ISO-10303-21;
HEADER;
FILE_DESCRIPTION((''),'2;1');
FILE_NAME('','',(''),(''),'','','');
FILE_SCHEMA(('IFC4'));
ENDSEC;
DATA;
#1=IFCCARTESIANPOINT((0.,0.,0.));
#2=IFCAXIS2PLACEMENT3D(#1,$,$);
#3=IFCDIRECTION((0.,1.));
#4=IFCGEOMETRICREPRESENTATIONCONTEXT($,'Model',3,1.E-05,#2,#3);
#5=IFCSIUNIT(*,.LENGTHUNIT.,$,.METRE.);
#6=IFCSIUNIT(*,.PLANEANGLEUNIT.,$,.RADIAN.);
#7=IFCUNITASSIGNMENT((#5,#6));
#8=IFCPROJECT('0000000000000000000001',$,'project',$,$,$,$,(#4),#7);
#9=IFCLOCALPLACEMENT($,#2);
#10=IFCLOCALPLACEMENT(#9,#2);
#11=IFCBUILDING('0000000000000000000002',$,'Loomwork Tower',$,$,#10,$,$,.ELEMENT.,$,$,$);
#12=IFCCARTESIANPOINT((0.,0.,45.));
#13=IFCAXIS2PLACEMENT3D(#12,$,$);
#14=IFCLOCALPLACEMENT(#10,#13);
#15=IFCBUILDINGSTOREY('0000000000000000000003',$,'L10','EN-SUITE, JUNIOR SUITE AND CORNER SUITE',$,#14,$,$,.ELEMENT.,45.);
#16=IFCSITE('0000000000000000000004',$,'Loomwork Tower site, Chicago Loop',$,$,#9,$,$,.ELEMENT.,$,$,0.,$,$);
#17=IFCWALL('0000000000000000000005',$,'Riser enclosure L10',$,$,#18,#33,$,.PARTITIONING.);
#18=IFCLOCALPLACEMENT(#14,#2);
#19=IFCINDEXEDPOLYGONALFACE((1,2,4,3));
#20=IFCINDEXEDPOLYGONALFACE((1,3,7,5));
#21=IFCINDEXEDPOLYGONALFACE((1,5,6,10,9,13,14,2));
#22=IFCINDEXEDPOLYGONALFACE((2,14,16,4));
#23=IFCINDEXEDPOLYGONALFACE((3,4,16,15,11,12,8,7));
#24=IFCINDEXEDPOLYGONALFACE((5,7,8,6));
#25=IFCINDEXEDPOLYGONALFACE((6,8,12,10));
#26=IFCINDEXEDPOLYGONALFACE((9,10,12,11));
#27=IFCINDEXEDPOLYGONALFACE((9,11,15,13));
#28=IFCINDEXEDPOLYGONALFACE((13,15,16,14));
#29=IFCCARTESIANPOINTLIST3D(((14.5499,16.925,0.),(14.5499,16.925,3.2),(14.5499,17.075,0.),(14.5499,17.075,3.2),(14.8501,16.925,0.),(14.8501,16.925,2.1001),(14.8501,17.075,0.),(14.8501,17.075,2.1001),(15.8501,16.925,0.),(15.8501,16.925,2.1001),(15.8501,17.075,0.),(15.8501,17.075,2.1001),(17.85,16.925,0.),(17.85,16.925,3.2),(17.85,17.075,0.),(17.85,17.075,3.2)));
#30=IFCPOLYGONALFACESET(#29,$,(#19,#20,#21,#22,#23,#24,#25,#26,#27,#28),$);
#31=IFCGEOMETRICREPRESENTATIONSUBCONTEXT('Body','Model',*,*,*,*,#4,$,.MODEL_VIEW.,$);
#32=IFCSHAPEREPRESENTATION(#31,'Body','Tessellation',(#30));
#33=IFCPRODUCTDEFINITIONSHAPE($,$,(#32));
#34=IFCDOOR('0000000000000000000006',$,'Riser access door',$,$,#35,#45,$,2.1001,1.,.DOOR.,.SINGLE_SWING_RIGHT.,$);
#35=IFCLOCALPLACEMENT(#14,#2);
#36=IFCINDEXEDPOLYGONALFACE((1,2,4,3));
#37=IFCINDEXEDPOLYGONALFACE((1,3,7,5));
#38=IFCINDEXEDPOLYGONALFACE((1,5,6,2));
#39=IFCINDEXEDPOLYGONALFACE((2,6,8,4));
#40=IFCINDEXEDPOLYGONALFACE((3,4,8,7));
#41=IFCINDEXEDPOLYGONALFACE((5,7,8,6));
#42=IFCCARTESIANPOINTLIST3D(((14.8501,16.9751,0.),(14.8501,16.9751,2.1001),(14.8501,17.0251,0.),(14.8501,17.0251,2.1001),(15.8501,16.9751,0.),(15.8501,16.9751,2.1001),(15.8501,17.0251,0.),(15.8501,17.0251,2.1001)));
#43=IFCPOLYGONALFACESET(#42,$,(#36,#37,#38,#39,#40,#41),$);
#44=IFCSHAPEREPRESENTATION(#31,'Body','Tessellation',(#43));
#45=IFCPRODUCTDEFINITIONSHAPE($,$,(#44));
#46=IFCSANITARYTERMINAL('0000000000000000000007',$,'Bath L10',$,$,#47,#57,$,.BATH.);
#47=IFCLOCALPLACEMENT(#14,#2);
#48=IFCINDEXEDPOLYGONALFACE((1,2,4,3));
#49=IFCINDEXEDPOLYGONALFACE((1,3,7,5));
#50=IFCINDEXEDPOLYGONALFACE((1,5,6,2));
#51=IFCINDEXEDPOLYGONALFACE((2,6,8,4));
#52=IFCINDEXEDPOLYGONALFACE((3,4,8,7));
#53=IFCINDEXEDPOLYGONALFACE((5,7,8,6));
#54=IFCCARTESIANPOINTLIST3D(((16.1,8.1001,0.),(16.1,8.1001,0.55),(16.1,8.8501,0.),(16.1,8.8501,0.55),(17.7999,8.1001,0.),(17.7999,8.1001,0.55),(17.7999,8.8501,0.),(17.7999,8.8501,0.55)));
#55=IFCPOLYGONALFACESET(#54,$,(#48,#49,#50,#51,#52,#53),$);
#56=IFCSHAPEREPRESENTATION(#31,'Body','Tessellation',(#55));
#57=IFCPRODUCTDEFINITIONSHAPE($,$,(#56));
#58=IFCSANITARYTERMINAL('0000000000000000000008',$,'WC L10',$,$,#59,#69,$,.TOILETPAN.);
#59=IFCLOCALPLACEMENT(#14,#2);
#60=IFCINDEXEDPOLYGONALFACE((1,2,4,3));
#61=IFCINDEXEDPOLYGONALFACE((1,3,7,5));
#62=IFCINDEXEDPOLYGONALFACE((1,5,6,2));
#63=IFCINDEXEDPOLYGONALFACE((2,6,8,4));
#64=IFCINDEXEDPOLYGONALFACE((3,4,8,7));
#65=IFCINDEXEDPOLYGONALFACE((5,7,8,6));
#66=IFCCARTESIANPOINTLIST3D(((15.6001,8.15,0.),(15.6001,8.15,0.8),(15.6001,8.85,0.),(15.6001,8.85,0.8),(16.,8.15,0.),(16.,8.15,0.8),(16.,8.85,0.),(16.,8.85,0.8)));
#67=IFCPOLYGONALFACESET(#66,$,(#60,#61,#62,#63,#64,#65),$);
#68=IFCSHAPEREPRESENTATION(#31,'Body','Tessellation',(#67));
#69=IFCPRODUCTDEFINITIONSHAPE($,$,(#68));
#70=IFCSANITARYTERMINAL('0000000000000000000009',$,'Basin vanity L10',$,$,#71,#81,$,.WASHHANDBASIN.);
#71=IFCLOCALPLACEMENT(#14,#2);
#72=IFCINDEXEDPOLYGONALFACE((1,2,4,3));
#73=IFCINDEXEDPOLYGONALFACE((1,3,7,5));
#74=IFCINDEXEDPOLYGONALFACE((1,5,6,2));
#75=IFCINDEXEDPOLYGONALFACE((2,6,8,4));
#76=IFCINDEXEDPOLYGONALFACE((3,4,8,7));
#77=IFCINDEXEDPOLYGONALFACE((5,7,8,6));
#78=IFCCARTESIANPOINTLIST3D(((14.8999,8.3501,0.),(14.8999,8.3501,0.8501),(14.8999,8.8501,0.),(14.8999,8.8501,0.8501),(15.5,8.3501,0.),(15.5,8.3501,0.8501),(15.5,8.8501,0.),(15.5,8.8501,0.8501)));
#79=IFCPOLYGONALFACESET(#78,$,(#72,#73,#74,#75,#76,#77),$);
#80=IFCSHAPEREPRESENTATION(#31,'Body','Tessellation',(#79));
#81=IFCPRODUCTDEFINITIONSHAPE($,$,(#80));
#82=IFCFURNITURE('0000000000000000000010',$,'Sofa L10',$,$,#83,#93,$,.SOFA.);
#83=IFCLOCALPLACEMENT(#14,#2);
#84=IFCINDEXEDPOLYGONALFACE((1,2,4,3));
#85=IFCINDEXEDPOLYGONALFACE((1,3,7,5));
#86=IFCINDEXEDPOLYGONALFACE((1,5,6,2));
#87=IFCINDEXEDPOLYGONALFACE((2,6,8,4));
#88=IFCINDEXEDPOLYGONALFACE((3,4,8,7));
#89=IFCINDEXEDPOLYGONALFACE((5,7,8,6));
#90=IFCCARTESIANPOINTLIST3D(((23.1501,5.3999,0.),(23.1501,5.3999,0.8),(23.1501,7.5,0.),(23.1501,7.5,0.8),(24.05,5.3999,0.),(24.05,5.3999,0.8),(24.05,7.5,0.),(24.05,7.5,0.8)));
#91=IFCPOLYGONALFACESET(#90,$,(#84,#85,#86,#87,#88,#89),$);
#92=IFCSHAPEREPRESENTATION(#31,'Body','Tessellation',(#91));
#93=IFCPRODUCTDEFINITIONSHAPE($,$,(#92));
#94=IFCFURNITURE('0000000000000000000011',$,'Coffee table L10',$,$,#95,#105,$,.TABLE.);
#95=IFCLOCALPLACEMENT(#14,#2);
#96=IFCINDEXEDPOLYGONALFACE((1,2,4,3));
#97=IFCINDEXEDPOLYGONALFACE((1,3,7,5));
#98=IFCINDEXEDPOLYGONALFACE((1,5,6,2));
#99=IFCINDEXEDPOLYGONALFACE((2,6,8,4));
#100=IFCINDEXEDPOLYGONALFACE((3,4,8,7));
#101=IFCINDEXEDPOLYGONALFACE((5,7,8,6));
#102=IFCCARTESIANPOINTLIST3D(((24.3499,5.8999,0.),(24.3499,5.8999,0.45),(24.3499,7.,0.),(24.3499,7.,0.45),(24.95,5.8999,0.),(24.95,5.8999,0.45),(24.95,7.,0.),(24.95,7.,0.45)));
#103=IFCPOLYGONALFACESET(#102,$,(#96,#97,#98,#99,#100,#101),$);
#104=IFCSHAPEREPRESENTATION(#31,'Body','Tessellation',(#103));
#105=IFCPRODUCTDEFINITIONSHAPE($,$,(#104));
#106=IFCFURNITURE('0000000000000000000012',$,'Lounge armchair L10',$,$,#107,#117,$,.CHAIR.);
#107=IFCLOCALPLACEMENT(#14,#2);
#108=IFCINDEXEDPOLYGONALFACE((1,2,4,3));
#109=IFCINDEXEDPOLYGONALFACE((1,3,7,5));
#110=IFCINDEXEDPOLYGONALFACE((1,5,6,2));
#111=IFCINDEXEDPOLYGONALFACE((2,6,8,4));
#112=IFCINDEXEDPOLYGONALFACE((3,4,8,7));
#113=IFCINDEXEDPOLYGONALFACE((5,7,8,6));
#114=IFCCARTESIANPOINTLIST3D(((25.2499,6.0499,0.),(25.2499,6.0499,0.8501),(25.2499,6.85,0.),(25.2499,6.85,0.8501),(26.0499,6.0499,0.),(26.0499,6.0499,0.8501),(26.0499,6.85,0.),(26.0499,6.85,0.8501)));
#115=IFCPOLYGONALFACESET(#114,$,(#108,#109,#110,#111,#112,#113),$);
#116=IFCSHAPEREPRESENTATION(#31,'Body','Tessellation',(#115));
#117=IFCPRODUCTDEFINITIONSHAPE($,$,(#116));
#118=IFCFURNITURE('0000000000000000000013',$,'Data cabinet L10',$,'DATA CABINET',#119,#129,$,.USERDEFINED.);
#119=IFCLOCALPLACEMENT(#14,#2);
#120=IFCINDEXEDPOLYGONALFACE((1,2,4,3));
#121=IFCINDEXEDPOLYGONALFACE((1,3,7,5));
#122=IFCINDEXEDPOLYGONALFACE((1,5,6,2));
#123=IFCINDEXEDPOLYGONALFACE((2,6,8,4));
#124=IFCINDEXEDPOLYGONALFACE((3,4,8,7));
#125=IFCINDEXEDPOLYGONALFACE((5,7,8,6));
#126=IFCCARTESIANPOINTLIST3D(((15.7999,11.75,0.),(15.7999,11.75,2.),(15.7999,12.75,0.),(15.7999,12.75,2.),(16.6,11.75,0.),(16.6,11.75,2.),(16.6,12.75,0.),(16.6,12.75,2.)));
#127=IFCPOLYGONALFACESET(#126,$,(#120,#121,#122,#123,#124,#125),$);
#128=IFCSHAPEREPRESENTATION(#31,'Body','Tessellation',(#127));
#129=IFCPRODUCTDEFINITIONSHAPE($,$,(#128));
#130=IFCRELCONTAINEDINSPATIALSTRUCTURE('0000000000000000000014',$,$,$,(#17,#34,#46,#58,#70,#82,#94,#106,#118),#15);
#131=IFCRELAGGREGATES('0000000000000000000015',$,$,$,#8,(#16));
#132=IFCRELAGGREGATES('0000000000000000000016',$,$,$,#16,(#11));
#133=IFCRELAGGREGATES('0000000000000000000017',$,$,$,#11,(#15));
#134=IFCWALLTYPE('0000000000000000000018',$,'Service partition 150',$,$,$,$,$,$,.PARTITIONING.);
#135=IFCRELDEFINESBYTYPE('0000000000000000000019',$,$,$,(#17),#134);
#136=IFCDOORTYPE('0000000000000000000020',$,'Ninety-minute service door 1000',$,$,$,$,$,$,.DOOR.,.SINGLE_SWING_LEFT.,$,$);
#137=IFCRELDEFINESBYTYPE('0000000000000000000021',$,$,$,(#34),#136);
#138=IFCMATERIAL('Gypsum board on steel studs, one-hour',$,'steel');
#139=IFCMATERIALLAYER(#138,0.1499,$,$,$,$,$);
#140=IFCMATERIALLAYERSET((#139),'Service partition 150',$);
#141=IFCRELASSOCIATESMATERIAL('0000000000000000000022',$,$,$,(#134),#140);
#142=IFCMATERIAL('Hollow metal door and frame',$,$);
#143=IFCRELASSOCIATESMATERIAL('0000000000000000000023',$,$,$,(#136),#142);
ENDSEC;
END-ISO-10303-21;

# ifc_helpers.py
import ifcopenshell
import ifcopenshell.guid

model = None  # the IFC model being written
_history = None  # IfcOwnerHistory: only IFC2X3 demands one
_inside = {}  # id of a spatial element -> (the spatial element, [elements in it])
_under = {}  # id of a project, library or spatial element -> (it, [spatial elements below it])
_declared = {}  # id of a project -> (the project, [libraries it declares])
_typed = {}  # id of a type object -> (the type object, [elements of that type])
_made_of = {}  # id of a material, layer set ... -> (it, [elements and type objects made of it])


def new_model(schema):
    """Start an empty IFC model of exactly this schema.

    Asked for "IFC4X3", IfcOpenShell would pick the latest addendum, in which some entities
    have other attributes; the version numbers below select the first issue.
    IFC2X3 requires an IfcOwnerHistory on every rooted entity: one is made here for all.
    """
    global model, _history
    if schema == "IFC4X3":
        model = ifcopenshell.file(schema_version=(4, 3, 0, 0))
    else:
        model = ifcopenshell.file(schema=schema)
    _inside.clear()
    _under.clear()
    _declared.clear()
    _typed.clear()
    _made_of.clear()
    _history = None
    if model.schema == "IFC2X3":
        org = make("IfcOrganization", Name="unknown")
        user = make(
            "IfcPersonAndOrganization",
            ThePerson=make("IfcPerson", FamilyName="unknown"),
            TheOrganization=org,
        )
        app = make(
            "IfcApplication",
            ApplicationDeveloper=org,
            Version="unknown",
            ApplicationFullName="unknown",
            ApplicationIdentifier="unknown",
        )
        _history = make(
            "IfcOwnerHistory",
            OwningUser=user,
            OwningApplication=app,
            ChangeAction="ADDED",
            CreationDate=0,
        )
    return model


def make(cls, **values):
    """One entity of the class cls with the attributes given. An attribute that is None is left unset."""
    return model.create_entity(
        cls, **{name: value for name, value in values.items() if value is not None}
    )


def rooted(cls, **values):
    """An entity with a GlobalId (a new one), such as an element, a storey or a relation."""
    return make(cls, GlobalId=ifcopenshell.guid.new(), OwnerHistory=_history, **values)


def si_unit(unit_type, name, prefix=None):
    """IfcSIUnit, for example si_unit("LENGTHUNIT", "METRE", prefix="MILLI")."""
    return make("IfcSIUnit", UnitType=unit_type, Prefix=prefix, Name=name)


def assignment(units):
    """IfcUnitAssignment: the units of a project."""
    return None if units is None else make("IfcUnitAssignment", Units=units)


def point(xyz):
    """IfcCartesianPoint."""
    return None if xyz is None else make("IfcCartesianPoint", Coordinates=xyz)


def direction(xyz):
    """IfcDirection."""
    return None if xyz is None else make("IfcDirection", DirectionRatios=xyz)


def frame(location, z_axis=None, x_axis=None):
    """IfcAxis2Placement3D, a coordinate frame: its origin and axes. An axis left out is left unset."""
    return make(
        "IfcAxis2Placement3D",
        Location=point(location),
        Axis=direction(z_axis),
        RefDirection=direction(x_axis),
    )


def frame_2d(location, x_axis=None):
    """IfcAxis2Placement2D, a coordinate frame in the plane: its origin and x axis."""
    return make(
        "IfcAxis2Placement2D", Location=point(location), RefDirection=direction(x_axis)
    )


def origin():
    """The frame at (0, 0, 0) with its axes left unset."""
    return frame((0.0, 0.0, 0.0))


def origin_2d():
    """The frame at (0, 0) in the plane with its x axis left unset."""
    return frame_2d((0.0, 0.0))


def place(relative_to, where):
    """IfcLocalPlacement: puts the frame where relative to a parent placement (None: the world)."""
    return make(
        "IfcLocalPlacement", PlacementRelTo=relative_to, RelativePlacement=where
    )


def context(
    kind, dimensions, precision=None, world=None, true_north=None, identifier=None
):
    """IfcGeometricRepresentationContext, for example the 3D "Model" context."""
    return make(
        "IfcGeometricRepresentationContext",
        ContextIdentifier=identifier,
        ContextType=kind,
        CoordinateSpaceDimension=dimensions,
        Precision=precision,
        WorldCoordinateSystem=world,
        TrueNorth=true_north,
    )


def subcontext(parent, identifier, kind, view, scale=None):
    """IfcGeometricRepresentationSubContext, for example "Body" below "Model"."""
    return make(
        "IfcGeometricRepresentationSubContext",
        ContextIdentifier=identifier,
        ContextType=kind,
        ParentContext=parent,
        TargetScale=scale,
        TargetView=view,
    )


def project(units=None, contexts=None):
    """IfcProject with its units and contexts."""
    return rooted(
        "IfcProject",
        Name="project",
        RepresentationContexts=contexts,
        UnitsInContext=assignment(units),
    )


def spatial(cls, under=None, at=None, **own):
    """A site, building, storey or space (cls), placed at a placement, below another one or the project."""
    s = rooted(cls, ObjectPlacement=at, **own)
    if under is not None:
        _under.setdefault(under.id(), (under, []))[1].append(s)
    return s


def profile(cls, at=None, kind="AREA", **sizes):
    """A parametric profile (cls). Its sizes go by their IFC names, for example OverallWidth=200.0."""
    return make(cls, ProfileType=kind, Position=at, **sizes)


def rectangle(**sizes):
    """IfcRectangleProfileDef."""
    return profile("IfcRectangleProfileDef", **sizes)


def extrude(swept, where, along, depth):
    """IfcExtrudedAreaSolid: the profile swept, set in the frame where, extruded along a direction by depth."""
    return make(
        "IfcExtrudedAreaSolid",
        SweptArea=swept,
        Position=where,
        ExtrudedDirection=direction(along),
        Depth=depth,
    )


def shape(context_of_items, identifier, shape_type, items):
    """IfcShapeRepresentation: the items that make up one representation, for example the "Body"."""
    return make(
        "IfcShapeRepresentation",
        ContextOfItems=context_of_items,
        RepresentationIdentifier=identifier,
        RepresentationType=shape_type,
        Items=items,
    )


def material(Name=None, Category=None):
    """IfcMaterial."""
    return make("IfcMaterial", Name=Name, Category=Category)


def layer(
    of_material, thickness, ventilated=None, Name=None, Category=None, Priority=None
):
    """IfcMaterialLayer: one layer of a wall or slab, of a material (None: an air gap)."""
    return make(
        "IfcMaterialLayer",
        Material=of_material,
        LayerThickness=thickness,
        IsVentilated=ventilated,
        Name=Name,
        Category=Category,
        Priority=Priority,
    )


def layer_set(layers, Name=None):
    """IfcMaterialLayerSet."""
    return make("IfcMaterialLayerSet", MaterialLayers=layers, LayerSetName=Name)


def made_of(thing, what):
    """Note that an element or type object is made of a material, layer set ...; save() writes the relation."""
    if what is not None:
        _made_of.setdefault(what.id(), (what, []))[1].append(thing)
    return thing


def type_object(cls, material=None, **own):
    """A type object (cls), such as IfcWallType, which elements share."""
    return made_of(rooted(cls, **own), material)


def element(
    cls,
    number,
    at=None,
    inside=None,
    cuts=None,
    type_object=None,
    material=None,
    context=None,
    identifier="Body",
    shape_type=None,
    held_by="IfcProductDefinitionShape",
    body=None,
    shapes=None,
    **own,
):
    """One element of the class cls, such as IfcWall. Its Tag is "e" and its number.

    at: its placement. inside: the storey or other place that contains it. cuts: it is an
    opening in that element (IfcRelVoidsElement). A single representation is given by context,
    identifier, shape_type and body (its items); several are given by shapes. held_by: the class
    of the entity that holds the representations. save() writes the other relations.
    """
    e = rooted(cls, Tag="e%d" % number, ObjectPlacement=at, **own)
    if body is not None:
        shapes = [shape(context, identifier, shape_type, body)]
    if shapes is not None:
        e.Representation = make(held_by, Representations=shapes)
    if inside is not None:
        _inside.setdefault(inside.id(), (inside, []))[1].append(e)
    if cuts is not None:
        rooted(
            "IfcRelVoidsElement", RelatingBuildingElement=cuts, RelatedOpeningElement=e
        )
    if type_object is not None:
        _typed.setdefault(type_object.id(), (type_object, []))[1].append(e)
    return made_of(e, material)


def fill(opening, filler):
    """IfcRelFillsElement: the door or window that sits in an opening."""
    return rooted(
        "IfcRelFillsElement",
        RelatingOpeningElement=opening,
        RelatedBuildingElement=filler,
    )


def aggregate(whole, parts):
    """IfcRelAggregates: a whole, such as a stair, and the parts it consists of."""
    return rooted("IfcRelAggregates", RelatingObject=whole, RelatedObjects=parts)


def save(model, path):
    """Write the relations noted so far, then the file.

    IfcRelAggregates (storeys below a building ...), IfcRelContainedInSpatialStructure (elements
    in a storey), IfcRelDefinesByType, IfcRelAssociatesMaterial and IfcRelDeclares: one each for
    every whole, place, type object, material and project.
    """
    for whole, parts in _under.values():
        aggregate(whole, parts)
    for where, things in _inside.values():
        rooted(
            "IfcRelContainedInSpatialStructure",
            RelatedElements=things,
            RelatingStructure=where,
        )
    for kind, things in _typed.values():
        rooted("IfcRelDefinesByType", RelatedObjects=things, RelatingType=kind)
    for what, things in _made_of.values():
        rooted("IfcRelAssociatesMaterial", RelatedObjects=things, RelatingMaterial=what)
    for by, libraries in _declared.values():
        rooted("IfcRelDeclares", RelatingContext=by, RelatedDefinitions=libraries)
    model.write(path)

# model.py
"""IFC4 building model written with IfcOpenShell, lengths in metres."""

from ifc_helpers import new_model, si_unit, direction, frame, frame_2d, origin, origin_2d, place, context, subcontext, project, spatial, rectangle, extrude, material, layer, layer_set, type_object, element, fill, save


model = new_model("IFC4")

# Units and contexts
model_context = context("Model", 3, precision=1e-05, world=origin(), true_north=direction((0.0, 1.0)))
body_context = subcontext(model_context, "Body", "Model", "MODEL_VIEW")
ifc_project = project(units=[si_unit("LENGTHUNIT", "METRE"), si_unit("PLANEANGLEUNIT", "RADIAN")], contexts=[model_context])

# Site, building, storey
site_placement = place(None, origin())
site = spatial("IfcSite", under=ifc_project, at=site_placement, Name="Loomwork Tower site, Chicago Loop", CompositionType="ELEMENT", RefElevation=0.0)
building_placement = place(site_placement, origin())
building = spatial("IfcBuilding", under=site, at=building_placement, Name="Loomwork Tower", CompositionType="ELEMENT")
storey_placement = place(building_placement, frame((0.0, 0.0, 45.0)))
storey = spatial("IfcBuildingStorey", under=building, at=storey_placement, Name="L10", Description="EN-SUITE, JUNIOR SUITE AND CORNER SUITE", CompositionType="ELEMENT", Elevation=45.0)

# Wall, opening, door
ifc_material_1 = material(Name="Gypsum board on steel studs, one-hour", Category="steel")
ifc_layer_1 = layer(ifc_material_1, 0.1499)
ifc_layer_set_1 = layer_set([ifc_layer_1], Name="Service partition 150")
wall_type_1 = type_object("IfcWallType", Name="Service partition 150", PredefinedType="PARTITIONING", material=ifc_layer_set_1)
wall_1_placement = place(storey_placement, frame((14.55, 17.0, 0.0), z_axis=(0.0, 0.0, 1.0), x_axis=(1.0, 0.0, 0.0)))
wall_1 = element("IfcWall", 1, at=wall_1_placement, inside=storey, type_object=wall_type_1, Name="Riser enclosure L10", PredefinedType="PARTITIONING", context=body_context, shape_type="SweptSolid", body=[
    extrude(rectangle(XDim=3.3, YDim=0.1499, at=frame_2d((1.6499, 0.0))), origin(), (0.0, 0.0, 1.0), 3.2),
])
opening_1_placement = place(wall_1_placement, frame((0.3, 0.0, 0.0)))
opening_1 = element("IfcOpeningElement", 2, at=opening_1_placement, cuts=wall_1, PredefinedType="OPENING", context=body_context, shape_type="SweptSolid", body=[
    extrude(rectangle(XDim=1.0, YDim=2.1001, at=frame_2d((0.5, 1.05))), frame((0.0, 0.085, 0.0), z_axis=(0.0, -1.0, 0.0), x_axis=(1.0, 0.0, 0.0)), (0.0, 0.0, 1.0), 0.1699),
])
ifc_material_2 = material(Name="Hollow metal door and frame")
door_type_1 = type_object("IfcDoorType", Name="Ninety-minute service door 1000", OperationType="SINGLE_SWING_LEFT", PredefinedType="DOOR", material=ifc_material_2)
door_1_placement = place(opening_1_placement, frame((1.0, 0.0, 0.0), z_axis=(0.0, 0.0, 1.0), x_axis=(-1.0, 0.0, 0.0)))
door_1 = element("IfcDoor", 3, at=door_1_placement, inside=storey, type_object=door_type_1, Name="Riser access door", OperationType="SINGLE_SWING_RIGHT", OverallHeight=2.1001, OverallWidth=1.0, PredefinedType="DOOR", context=body_context, shape_type="SweptSolid", body=[
    extrude(rectangle(XDim=1.0, YDim=2.1001, at=frame_2d((0.5, 1.05))), frame((0.0, 0.0249, 0.0), z_axis=(0.0, -1.0, 0.0), x_axis=(1.0, 0.0, 0.0)), (0.0, 0.0, 1.0), 0.05),
])
fill(opening_1, door_1)

# Sanitary terminals
sanitary_terminal_1_placement = place(storey_placement, frame((16.95, 8.4751, 0.0), z_axis=(0.0, 0.0, 1.0), x_axis=(1.0, 0.0, 0.0)))
element("IfcSanitaryTerminal", 4, at=sanitary_terminal_1_placement, inside=storey, Name="Bath L10", PredefinedType="BATH", context=body_context, shape_type="SweptSolid", body=[
    extrude(rectangle(XDim=1.7, YDim=0.75, at=origin_2d()), origin(), (0.0, 0.0, 1.0), 0.55),
])
sanitary_terminal_2_placement = place(storey_placement, frame((15.8, 8.5, 0.0), z_axis=(0.0, 0.0, 1.0), x_axis=(1.0, 0.0, 0.0)))
element("IfcSanitaryTerminal", 5, at=sanitary_terminal_2_placement, inside=storey, Name="WC L10", PredefinedType="TOILETPAN", context=body_context, shape_type="SweptSolid", body=[
    extrude(rectangle(XDim=0.3999, YDim=0.7, at=origin_2d()), origin(), (0.0, 0.0, 1.0), 0.8),
])
sanitary_terminal_3_placement = place(storey_placement, frame((15.2, 8.6001, 0.0), z_axis=(0.0, 0.0, 1.0), x_axis=(1.0, 0.0, 0.0)))
element("IfcSanitaryTerminal", 6, at=sanitary_terminal_3_placement, inside=storey, Name="Basin vanity L10", PredefinedType="WASHHANDBASIN", context=body_context, shape_type="SweptSolid", body=[
    extrude(rectangle(XDim=0.6001, YDim=0.5, at=origin_2d()), origin(), (0.0, 0.0, 1.0), 0.8501),
])

# Furniture
furniture_1_placement = place(storey_placement, frame((23.6001, 6.45, 0.0), z_axis=(0.0, 0.0, 1.0), x_axis=(1.0, 0.0, 0.0)))
element("IfcFurniture", 7, at=furniture_1_placement, inside=storey, Name="Sofa L10", PredefinedType="SOFA", context=body_context, shape_type="SweptSolid", body=[
    extrude(rectangle(XDim=0.8999, YDim=2.1001, at=origin_2d()), origin(), (0.0, 0.0, 1.0), 0.8),
])
furniture_2_placement = place(storey_placement, frame((24.6499, 6.45, 0.0), z_axis=(0.0, 0.0, 1.0), x_axis=(1.0, 0.0, 0.0)))
element("IfcFurniture", 8, at=furniture_2_placement, inside=storey, Name="Coffee table L10", PredefinedType="TABLE", context=body_context, shape_type="SweptSolid", body=[
    extrude(rectangle(XDim=0.6001, YDim=1.1001, at=origin_2d()), origin(), (0.0, 0.0, 1.0), 0.45),
])
furniture_3_placement = place(storey_placement, frame((25.6499, 6.45, 0.0), z_axis=(0.0, 0.0, 1.0), x_axis=(1.0, 0.0, 0.0)))
element("IfcFurniture", 9, at=furniture_3_placement, inside=storey, Name="Lounge armchair L10", PredefinedType="CHAIR", context=body_context, shape_type="SweptSolid", body=[
    extrude(rectangle(XDim=0.8, YDim=0.8, at=origin_2d()), origin(), (0.0, 0.0, 1.0), 0.8501),
])
furniture_4_placement = place(storey_placement, frame((16.2, 12.25, 0.0), z_axis=(0.0, 0.0, 1.0), x_axis=(1.0, 0.0, 0.0)))
element("IfcFurniture", 10, at=furniture_4_placement, inside=storey, Name="Data cabinet L10", ObjectType="DATA CABINET", PredefinedType="USERDEFINED", context=body_context, shape_type="SweptSolid", body=[
    extrude(rectangle(XDim=0.8, YDim=1.0, at=origin_2d()), origin(), (0.0, 0.0, 1.0), 2.0),
])

save(model, "model.ifc")
